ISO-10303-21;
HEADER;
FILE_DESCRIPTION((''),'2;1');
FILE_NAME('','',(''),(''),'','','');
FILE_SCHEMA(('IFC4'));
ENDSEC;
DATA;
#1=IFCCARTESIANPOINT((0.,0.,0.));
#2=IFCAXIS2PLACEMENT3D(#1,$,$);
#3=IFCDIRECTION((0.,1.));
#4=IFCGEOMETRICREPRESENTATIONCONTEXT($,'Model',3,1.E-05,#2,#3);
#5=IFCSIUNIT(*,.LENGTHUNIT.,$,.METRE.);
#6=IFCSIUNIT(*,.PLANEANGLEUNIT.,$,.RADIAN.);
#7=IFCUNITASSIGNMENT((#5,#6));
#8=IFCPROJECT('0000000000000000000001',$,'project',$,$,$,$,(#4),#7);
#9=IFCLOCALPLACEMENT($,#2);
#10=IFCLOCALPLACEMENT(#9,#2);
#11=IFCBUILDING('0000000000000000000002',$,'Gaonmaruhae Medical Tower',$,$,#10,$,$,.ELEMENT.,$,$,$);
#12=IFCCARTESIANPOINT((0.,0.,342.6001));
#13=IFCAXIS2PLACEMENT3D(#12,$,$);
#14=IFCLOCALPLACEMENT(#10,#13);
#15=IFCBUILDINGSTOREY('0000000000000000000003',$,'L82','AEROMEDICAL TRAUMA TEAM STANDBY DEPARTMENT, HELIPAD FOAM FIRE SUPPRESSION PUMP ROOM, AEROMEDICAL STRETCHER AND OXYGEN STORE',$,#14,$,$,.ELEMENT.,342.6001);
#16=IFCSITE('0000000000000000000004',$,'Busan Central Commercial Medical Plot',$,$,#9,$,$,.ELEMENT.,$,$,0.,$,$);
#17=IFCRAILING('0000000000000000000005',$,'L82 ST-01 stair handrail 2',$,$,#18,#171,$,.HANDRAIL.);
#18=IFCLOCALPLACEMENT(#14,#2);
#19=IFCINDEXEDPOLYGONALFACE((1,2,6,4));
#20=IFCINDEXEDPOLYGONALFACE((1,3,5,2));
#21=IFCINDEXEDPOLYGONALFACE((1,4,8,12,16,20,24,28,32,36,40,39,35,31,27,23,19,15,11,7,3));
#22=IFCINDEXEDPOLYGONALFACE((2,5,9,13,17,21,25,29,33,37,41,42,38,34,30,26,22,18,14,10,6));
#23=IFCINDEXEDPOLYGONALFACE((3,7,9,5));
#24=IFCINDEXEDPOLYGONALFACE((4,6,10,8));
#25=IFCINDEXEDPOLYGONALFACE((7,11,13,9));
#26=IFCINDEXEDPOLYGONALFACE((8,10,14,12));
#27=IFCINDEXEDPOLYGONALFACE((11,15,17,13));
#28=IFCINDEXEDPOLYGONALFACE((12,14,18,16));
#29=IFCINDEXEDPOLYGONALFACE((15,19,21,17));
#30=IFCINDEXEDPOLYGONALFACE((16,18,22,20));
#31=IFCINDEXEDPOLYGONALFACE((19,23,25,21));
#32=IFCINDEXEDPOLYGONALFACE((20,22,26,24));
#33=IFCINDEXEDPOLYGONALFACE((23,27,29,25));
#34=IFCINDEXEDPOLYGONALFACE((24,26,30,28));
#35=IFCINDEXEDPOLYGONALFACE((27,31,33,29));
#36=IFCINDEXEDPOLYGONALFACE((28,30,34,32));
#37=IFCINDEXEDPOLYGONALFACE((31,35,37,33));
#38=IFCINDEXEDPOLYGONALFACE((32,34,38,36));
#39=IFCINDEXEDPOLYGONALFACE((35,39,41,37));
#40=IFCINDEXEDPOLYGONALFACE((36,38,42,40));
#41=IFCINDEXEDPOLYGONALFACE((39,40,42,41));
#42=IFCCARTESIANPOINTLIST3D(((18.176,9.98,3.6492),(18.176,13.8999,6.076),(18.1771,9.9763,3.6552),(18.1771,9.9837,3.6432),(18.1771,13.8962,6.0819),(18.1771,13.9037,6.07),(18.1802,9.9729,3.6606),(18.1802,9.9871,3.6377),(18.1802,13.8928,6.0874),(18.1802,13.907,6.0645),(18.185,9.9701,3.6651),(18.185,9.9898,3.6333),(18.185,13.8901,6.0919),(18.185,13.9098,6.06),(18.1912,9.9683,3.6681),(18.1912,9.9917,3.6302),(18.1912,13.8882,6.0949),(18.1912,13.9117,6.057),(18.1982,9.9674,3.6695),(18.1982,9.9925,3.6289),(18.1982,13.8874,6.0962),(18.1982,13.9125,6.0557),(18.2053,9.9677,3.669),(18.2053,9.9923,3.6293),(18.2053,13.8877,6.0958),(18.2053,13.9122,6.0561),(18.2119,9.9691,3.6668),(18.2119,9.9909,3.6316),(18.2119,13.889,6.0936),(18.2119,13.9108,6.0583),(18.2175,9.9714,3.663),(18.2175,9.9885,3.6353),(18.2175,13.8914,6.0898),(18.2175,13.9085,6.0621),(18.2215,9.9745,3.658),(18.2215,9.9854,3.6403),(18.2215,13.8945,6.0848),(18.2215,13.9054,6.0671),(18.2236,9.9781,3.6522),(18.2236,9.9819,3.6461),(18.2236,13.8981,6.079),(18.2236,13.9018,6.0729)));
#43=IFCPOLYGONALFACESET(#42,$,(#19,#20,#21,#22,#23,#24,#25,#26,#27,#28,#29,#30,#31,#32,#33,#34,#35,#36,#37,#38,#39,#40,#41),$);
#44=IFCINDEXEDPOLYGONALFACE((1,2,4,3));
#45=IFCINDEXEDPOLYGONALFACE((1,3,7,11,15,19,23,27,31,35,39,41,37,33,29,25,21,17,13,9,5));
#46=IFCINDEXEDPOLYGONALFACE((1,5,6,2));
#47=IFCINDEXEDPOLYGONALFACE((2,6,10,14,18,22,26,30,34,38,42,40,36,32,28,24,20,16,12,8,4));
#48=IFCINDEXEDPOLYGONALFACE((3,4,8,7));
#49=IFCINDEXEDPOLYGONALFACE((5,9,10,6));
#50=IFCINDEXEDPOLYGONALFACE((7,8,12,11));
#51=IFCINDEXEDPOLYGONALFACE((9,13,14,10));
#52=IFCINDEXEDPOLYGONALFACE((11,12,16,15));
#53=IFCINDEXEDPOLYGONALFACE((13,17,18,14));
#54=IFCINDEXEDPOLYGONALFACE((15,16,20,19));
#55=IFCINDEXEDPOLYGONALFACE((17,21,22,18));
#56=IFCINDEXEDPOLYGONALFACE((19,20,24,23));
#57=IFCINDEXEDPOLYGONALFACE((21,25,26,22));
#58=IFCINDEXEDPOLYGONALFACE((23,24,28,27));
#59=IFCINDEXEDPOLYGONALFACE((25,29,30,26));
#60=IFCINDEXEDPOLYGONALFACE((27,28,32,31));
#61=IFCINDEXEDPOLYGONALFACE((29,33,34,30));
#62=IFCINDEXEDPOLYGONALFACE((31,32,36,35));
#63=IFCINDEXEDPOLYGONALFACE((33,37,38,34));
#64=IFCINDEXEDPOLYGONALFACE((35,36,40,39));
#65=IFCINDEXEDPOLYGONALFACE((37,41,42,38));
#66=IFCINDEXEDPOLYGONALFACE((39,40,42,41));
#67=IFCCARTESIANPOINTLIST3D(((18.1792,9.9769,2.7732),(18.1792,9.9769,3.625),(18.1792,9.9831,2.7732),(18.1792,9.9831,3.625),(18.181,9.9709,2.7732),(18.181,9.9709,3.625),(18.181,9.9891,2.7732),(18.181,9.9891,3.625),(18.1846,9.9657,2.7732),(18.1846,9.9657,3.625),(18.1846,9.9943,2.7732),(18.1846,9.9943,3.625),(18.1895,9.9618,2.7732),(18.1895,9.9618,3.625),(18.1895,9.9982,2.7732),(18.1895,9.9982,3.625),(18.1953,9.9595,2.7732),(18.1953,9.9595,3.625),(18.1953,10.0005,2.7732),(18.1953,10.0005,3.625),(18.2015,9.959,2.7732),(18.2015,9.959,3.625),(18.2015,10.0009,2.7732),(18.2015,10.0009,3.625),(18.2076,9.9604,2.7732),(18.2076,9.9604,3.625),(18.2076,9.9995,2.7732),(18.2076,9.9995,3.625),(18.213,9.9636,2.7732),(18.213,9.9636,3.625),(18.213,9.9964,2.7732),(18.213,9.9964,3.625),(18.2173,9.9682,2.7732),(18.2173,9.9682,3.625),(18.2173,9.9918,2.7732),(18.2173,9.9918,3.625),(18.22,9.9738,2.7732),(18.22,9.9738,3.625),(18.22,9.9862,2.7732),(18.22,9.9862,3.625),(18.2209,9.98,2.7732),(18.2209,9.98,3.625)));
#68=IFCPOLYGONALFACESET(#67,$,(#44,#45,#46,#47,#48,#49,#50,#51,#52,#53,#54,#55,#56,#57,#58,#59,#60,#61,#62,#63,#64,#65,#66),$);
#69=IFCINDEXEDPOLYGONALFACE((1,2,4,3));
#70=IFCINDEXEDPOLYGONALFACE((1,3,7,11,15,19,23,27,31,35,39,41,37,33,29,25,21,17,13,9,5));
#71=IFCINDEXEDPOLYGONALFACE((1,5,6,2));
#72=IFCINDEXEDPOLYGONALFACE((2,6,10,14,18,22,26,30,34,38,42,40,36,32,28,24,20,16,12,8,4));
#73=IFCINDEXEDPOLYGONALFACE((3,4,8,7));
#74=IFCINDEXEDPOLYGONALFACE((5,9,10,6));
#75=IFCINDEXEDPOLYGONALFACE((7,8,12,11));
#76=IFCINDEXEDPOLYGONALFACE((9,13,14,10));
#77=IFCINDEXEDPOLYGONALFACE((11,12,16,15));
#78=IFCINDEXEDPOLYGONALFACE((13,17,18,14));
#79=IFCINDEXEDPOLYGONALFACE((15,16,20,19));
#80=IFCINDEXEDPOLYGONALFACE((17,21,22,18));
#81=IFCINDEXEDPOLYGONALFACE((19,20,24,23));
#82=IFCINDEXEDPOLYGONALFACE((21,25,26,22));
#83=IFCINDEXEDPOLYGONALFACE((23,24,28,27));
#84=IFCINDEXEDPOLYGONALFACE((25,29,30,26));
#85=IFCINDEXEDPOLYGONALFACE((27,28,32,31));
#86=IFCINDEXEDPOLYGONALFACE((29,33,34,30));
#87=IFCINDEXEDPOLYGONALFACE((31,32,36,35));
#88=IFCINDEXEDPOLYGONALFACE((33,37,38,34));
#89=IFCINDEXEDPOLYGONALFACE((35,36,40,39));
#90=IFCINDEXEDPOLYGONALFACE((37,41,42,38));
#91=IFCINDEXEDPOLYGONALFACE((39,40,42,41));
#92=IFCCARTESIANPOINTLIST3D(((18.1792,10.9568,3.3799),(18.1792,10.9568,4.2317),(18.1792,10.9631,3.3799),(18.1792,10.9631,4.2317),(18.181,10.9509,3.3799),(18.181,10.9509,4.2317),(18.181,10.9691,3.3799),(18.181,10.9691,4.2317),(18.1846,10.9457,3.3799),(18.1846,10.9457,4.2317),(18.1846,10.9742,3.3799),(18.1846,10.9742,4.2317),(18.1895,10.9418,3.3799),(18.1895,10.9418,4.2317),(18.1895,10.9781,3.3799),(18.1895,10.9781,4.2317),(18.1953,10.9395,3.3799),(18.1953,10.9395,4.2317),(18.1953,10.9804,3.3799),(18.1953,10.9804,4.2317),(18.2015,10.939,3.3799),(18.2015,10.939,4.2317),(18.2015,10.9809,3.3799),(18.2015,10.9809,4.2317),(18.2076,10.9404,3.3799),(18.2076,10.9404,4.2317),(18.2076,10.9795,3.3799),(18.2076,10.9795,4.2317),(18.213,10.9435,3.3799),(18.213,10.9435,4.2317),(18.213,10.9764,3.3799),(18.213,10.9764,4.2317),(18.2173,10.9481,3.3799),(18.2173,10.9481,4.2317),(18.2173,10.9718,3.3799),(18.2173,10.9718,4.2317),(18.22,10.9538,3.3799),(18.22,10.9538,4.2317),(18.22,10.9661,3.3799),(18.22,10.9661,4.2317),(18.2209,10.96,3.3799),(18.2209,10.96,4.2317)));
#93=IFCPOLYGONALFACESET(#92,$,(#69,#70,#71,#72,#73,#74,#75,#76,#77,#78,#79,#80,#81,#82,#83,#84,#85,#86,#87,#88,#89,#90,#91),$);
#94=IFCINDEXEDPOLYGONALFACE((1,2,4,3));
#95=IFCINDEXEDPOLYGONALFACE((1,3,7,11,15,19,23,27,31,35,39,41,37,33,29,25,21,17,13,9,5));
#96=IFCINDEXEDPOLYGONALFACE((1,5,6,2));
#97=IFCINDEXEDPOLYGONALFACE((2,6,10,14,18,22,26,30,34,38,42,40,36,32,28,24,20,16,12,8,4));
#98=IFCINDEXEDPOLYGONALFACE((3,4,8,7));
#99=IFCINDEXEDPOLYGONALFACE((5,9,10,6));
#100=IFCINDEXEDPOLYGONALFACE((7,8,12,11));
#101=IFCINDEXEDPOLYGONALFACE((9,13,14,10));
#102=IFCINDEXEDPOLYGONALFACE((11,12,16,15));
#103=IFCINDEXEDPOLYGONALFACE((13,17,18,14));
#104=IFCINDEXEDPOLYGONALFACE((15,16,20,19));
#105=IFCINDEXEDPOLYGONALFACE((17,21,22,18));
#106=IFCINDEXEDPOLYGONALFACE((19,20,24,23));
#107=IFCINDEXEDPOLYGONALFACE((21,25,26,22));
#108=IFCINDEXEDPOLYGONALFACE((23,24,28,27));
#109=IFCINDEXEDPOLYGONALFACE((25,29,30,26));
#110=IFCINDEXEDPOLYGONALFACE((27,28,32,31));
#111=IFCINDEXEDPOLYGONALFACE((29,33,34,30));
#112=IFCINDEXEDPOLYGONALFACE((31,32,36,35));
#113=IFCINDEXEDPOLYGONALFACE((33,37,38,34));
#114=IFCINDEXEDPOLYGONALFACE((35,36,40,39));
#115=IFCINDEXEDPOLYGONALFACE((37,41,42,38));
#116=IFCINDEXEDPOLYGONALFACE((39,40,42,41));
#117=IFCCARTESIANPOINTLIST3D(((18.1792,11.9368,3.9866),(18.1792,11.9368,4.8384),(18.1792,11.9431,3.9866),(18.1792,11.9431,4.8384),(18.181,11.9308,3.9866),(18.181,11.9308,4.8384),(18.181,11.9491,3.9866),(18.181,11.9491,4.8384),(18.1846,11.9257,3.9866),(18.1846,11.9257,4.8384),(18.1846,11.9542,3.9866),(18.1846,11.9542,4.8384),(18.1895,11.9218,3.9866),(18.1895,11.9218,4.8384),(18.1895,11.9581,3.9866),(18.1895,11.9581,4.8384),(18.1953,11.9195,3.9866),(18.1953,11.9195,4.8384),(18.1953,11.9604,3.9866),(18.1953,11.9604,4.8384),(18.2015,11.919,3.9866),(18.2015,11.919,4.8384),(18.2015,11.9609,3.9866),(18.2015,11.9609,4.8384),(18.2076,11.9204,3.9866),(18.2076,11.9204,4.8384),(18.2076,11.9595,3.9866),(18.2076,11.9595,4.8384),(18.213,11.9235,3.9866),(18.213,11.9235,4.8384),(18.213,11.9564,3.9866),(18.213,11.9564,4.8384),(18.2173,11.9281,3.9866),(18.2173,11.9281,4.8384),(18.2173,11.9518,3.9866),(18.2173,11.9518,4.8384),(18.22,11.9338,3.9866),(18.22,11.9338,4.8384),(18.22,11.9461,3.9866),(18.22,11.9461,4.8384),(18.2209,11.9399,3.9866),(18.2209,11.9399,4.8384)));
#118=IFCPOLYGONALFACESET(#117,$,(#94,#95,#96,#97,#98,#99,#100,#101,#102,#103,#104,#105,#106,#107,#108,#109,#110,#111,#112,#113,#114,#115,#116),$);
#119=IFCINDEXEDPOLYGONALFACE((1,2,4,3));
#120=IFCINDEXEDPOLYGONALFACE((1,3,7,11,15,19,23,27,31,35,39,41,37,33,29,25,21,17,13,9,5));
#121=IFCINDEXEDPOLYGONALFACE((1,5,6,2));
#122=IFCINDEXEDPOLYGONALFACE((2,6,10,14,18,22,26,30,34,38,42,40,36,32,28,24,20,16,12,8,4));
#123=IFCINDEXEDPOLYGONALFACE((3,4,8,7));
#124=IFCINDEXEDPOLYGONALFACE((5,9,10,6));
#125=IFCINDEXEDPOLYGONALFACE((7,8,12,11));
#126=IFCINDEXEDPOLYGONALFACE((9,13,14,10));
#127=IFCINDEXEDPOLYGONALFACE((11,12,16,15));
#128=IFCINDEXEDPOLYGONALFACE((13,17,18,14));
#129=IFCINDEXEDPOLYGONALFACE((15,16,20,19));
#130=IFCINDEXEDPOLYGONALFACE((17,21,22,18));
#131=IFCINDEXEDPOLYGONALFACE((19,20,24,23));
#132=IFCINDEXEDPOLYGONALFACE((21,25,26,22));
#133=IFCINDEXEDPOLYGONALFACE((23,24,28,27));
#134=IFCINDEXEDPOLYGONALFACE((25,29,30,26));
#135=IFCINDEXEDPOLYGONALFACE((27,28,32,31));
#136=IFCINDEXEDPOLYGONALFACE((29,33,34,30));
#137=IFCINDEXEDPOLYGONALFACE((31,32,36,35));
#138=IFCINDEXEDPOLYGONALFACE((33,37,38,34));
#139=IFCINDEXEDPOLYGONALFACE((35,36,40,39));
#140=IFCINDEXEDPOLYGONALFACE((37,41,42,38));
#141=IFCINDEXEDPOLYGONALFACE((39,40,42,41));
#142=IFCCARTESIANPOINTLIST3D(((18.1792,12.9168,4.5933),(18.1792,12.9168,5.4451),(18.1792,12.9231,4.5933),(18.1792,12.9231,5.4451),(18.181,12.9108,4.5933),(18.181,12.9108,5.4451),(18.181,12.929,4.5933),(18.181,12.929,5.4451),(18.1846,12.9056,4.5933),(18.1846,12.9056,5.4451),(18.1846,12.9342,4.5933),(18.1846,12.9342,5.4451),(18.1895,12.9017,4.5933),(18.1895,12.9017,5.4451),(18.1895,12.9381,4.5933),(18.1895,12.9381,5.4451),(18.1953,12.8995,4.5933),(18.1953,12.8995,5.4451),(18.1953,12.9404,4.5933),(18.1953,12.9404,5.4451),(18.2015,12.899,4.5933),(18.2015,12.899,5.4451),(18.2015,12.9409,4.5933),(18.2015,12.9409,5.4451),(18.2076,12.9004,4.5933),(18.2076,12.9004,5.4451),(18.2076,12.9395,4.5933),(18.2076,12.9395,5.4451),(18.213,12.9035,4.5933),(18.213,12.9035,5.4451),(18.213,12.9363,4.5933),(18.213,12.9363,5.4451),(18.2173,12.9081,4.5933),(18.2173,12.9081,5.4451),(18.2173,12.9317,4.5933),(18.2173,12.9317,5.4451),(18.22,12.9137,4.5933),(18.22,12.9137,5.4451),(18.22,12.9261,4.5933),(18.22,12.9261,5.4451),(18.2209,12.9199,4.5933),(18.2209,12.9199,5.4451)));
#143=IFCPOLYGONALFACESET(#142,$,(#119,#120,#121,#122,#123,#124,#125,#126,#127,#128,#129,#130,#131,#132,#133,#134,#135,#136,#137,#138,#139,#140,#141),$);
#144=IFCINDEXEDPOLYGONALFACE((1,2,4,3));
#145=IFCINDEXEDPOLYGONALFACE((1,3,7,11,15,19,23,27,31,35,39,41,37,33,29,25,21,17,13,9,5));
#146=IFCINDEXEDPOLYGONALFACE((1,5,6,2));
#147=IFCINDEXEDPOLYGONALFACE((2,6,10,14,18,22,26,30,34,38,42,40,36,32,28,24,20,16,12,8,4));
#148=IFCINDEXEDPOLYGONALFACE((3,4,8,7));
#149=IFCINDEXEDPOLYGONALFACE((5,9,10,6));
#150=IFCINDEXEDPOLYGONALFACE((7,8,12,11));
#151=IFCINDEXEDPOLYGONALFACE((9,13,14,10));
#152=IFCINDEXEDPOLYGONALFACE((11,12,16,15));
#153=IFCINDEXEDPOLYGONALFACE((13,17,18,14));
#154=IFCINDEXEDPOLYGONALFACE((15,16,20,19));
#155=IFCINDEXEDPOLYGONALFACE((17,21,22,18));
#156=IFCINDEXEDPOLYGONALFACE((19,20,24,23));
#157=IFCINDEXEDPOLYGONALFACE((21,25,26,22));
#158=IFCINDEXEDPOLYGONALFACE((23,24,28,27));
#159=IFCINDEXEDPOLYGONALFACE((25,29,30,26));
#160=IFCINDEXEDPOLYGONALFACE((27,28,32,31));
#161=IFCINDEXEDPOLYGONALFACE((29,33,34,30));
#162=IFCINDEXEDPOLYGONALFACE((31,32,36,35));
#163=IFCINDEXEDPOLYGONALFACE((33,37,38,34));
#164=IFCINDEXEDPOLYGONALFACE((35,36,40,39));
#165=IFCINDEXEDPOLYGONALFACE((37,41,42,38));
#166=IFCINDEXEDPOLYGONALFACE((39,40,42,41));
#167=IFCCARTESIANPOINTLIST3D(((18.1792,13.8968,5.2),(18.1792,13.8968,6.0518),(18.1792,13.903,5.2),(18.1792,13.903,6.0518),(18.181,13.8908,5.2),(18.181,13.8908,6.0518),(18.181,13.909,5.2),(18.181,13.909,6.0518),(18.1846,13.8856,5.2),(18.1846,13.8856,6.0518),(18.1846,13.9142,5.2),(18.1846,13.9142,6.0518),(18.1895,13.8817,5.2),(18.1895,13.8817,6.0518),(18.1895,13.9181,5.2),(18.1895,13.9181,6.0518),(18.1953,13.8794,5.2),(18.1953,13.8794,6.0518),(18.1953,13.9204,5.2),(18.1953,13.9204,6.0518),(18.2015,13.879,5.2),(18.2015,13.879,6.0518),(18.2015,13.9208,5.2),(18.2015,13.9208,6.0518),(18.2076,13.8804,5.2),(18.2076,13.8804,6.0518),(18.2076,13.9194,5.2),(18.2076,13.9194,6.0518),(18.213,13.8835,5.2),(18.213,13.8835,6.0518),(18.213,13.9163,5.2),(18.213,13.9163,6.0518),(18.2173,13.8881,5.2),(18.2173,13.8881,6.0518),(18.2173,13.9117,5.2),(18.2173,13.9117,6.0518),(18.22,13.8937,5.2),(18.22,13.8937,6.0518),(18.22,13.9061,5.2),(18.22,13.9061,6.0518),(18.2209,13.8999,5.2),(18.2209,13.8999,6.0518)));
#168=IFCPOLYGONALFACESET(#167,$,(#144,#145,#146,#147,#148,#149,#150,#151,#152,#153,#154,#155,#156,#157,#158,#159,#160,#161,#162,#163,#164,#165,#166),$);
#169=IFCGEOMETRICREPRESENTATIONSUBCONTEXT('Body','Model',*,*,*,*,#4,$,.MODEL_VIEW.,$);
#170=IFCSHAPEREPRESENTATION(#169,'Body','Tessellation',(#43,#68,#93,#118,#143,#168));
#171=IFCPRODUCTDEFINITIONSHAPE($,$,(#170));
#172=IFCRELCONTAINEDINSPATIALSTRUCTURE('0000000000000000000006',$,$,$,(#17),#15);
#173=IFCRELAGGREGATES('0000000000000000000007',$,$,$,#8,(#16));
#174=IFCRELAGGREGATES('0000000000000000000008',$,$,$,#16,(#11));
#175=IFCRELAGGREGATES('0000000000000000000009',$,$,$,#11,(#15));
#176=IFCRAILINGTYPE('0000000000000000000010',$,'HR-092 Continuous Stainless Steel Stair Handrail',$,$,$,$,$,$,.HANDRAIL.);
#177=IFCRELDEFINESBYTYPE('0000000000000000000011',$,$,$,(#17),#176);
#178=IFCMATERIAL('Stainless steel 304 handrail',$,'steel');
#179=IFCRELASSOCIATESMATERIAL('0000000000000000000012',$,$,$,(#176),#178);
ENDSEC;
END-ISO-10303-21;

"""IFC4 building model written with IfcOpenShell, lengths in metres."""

from ifc_helpers import new_model, si_unit, direction, frame, origin, origin_2d, place, context, subcontext, project, spatial, circle, extrude, material, type_object, element, save


model = new_model("IFC4")

# Units and contexts
model_context = context("Model", 3, precision=1e-05, world=origin(), true_north=direction((0.0, 1.0)))
body_context = subcontext(model_context, "Body", "Model", "MODEL_VIEW")
ifc_project = project(units=[si_unit("LENGTHUNIT", "METRE"), si_unit("PLANEANGLEUNIT", "RADIAN")], contexts=[model_context])

# Site, building, storey
site_placement = place(None, origin())
site = spatial("IfcSite", under=ifc_project, at=site_placement, Name="Busan Central Commercial Medical Plot", CompositionType="ELEMENT", RefElevation=0.0)
building_placement = place(site_placement, origin())
building = spatial("IfcBuilding", under=site, at=building_placement, Name="Gaonmaruhae Medical Tower", CompositionType="ELEMENT")
storey_placement = place(building_placement, frame((0.0, 0.0, 342.6001)))
storey = spatial("IfcBuildingStorey", under=building, at=storey_placement, Name="L82", Description="AEROMEDICAL TRAUMA TEAM STANDBY DEPARTMENT, HELIPAD FOAM FIRE SUPPRESSION PUMP ROOM, AEROMEDICAL STRETCHER AND OXYGEN STORE", CompositionType="ELEMENT", Elevation=342.6001)

# Railing
ifc_material_1 = material(Name="Stainless steel 304 handrail", Category="steel")
railing_type_1 = type_object("IfcRailingType", Name="HR-092 Continuous Stainless Steel Stair Handrail", PredefinedType="HANDRAIL", material=ifc_material_1)
railing_1_placement = place(storey_placement, frame((18.2, 9.98, 2.7732)))
element("IfcRailing", 1, at=railing_1_placement, inside=storey, type_object=railing_type_1, Name="L82 ST-01 stair handrail 2", PredefinedType="HANDRAIL", context=body_context, shape_type="SweptSolid", body=[
    extrude(circle(Radius=0.0239, at=origin_2d()), frame((0.0, 0.0, 0.876), z_axis=(0.0, 0.850252, 0.526376), x_axis=(-1.0, 0.0, 0.0)), (0.0, 0.0, 1.0), 4.6104),
    extrude(circle(Radius=0.021, at=origin_2d()), origin(), (0.0, 0.0, 1.0), 0.8518),
    extrude(circle(Radius=0.021, at=origin_2d()), frame((0.0, 0.98, 0.6067)), (0.0, 0.0, 1.0), 0.8518),
    extrude(circle(Radius=0.021, at=origin_2d()), frame((0.0, 1.96, 1.2134)), (0.0, 0.0, 1.0), 0.8518),
    extrude(circle(Radius=0.021, at=origin_2d()), frame((0.0, 2.9399, 1.8201)), (0.0, 0.0, 1.0), 0.8518),
    extrude(circle(Radius=0.021, at=origin_2d()), frame((0.0, 3.9199, 2.4268)), (0.0, 0.0, 1.0), 0.8518),
])

save(model, "model.ifc")
